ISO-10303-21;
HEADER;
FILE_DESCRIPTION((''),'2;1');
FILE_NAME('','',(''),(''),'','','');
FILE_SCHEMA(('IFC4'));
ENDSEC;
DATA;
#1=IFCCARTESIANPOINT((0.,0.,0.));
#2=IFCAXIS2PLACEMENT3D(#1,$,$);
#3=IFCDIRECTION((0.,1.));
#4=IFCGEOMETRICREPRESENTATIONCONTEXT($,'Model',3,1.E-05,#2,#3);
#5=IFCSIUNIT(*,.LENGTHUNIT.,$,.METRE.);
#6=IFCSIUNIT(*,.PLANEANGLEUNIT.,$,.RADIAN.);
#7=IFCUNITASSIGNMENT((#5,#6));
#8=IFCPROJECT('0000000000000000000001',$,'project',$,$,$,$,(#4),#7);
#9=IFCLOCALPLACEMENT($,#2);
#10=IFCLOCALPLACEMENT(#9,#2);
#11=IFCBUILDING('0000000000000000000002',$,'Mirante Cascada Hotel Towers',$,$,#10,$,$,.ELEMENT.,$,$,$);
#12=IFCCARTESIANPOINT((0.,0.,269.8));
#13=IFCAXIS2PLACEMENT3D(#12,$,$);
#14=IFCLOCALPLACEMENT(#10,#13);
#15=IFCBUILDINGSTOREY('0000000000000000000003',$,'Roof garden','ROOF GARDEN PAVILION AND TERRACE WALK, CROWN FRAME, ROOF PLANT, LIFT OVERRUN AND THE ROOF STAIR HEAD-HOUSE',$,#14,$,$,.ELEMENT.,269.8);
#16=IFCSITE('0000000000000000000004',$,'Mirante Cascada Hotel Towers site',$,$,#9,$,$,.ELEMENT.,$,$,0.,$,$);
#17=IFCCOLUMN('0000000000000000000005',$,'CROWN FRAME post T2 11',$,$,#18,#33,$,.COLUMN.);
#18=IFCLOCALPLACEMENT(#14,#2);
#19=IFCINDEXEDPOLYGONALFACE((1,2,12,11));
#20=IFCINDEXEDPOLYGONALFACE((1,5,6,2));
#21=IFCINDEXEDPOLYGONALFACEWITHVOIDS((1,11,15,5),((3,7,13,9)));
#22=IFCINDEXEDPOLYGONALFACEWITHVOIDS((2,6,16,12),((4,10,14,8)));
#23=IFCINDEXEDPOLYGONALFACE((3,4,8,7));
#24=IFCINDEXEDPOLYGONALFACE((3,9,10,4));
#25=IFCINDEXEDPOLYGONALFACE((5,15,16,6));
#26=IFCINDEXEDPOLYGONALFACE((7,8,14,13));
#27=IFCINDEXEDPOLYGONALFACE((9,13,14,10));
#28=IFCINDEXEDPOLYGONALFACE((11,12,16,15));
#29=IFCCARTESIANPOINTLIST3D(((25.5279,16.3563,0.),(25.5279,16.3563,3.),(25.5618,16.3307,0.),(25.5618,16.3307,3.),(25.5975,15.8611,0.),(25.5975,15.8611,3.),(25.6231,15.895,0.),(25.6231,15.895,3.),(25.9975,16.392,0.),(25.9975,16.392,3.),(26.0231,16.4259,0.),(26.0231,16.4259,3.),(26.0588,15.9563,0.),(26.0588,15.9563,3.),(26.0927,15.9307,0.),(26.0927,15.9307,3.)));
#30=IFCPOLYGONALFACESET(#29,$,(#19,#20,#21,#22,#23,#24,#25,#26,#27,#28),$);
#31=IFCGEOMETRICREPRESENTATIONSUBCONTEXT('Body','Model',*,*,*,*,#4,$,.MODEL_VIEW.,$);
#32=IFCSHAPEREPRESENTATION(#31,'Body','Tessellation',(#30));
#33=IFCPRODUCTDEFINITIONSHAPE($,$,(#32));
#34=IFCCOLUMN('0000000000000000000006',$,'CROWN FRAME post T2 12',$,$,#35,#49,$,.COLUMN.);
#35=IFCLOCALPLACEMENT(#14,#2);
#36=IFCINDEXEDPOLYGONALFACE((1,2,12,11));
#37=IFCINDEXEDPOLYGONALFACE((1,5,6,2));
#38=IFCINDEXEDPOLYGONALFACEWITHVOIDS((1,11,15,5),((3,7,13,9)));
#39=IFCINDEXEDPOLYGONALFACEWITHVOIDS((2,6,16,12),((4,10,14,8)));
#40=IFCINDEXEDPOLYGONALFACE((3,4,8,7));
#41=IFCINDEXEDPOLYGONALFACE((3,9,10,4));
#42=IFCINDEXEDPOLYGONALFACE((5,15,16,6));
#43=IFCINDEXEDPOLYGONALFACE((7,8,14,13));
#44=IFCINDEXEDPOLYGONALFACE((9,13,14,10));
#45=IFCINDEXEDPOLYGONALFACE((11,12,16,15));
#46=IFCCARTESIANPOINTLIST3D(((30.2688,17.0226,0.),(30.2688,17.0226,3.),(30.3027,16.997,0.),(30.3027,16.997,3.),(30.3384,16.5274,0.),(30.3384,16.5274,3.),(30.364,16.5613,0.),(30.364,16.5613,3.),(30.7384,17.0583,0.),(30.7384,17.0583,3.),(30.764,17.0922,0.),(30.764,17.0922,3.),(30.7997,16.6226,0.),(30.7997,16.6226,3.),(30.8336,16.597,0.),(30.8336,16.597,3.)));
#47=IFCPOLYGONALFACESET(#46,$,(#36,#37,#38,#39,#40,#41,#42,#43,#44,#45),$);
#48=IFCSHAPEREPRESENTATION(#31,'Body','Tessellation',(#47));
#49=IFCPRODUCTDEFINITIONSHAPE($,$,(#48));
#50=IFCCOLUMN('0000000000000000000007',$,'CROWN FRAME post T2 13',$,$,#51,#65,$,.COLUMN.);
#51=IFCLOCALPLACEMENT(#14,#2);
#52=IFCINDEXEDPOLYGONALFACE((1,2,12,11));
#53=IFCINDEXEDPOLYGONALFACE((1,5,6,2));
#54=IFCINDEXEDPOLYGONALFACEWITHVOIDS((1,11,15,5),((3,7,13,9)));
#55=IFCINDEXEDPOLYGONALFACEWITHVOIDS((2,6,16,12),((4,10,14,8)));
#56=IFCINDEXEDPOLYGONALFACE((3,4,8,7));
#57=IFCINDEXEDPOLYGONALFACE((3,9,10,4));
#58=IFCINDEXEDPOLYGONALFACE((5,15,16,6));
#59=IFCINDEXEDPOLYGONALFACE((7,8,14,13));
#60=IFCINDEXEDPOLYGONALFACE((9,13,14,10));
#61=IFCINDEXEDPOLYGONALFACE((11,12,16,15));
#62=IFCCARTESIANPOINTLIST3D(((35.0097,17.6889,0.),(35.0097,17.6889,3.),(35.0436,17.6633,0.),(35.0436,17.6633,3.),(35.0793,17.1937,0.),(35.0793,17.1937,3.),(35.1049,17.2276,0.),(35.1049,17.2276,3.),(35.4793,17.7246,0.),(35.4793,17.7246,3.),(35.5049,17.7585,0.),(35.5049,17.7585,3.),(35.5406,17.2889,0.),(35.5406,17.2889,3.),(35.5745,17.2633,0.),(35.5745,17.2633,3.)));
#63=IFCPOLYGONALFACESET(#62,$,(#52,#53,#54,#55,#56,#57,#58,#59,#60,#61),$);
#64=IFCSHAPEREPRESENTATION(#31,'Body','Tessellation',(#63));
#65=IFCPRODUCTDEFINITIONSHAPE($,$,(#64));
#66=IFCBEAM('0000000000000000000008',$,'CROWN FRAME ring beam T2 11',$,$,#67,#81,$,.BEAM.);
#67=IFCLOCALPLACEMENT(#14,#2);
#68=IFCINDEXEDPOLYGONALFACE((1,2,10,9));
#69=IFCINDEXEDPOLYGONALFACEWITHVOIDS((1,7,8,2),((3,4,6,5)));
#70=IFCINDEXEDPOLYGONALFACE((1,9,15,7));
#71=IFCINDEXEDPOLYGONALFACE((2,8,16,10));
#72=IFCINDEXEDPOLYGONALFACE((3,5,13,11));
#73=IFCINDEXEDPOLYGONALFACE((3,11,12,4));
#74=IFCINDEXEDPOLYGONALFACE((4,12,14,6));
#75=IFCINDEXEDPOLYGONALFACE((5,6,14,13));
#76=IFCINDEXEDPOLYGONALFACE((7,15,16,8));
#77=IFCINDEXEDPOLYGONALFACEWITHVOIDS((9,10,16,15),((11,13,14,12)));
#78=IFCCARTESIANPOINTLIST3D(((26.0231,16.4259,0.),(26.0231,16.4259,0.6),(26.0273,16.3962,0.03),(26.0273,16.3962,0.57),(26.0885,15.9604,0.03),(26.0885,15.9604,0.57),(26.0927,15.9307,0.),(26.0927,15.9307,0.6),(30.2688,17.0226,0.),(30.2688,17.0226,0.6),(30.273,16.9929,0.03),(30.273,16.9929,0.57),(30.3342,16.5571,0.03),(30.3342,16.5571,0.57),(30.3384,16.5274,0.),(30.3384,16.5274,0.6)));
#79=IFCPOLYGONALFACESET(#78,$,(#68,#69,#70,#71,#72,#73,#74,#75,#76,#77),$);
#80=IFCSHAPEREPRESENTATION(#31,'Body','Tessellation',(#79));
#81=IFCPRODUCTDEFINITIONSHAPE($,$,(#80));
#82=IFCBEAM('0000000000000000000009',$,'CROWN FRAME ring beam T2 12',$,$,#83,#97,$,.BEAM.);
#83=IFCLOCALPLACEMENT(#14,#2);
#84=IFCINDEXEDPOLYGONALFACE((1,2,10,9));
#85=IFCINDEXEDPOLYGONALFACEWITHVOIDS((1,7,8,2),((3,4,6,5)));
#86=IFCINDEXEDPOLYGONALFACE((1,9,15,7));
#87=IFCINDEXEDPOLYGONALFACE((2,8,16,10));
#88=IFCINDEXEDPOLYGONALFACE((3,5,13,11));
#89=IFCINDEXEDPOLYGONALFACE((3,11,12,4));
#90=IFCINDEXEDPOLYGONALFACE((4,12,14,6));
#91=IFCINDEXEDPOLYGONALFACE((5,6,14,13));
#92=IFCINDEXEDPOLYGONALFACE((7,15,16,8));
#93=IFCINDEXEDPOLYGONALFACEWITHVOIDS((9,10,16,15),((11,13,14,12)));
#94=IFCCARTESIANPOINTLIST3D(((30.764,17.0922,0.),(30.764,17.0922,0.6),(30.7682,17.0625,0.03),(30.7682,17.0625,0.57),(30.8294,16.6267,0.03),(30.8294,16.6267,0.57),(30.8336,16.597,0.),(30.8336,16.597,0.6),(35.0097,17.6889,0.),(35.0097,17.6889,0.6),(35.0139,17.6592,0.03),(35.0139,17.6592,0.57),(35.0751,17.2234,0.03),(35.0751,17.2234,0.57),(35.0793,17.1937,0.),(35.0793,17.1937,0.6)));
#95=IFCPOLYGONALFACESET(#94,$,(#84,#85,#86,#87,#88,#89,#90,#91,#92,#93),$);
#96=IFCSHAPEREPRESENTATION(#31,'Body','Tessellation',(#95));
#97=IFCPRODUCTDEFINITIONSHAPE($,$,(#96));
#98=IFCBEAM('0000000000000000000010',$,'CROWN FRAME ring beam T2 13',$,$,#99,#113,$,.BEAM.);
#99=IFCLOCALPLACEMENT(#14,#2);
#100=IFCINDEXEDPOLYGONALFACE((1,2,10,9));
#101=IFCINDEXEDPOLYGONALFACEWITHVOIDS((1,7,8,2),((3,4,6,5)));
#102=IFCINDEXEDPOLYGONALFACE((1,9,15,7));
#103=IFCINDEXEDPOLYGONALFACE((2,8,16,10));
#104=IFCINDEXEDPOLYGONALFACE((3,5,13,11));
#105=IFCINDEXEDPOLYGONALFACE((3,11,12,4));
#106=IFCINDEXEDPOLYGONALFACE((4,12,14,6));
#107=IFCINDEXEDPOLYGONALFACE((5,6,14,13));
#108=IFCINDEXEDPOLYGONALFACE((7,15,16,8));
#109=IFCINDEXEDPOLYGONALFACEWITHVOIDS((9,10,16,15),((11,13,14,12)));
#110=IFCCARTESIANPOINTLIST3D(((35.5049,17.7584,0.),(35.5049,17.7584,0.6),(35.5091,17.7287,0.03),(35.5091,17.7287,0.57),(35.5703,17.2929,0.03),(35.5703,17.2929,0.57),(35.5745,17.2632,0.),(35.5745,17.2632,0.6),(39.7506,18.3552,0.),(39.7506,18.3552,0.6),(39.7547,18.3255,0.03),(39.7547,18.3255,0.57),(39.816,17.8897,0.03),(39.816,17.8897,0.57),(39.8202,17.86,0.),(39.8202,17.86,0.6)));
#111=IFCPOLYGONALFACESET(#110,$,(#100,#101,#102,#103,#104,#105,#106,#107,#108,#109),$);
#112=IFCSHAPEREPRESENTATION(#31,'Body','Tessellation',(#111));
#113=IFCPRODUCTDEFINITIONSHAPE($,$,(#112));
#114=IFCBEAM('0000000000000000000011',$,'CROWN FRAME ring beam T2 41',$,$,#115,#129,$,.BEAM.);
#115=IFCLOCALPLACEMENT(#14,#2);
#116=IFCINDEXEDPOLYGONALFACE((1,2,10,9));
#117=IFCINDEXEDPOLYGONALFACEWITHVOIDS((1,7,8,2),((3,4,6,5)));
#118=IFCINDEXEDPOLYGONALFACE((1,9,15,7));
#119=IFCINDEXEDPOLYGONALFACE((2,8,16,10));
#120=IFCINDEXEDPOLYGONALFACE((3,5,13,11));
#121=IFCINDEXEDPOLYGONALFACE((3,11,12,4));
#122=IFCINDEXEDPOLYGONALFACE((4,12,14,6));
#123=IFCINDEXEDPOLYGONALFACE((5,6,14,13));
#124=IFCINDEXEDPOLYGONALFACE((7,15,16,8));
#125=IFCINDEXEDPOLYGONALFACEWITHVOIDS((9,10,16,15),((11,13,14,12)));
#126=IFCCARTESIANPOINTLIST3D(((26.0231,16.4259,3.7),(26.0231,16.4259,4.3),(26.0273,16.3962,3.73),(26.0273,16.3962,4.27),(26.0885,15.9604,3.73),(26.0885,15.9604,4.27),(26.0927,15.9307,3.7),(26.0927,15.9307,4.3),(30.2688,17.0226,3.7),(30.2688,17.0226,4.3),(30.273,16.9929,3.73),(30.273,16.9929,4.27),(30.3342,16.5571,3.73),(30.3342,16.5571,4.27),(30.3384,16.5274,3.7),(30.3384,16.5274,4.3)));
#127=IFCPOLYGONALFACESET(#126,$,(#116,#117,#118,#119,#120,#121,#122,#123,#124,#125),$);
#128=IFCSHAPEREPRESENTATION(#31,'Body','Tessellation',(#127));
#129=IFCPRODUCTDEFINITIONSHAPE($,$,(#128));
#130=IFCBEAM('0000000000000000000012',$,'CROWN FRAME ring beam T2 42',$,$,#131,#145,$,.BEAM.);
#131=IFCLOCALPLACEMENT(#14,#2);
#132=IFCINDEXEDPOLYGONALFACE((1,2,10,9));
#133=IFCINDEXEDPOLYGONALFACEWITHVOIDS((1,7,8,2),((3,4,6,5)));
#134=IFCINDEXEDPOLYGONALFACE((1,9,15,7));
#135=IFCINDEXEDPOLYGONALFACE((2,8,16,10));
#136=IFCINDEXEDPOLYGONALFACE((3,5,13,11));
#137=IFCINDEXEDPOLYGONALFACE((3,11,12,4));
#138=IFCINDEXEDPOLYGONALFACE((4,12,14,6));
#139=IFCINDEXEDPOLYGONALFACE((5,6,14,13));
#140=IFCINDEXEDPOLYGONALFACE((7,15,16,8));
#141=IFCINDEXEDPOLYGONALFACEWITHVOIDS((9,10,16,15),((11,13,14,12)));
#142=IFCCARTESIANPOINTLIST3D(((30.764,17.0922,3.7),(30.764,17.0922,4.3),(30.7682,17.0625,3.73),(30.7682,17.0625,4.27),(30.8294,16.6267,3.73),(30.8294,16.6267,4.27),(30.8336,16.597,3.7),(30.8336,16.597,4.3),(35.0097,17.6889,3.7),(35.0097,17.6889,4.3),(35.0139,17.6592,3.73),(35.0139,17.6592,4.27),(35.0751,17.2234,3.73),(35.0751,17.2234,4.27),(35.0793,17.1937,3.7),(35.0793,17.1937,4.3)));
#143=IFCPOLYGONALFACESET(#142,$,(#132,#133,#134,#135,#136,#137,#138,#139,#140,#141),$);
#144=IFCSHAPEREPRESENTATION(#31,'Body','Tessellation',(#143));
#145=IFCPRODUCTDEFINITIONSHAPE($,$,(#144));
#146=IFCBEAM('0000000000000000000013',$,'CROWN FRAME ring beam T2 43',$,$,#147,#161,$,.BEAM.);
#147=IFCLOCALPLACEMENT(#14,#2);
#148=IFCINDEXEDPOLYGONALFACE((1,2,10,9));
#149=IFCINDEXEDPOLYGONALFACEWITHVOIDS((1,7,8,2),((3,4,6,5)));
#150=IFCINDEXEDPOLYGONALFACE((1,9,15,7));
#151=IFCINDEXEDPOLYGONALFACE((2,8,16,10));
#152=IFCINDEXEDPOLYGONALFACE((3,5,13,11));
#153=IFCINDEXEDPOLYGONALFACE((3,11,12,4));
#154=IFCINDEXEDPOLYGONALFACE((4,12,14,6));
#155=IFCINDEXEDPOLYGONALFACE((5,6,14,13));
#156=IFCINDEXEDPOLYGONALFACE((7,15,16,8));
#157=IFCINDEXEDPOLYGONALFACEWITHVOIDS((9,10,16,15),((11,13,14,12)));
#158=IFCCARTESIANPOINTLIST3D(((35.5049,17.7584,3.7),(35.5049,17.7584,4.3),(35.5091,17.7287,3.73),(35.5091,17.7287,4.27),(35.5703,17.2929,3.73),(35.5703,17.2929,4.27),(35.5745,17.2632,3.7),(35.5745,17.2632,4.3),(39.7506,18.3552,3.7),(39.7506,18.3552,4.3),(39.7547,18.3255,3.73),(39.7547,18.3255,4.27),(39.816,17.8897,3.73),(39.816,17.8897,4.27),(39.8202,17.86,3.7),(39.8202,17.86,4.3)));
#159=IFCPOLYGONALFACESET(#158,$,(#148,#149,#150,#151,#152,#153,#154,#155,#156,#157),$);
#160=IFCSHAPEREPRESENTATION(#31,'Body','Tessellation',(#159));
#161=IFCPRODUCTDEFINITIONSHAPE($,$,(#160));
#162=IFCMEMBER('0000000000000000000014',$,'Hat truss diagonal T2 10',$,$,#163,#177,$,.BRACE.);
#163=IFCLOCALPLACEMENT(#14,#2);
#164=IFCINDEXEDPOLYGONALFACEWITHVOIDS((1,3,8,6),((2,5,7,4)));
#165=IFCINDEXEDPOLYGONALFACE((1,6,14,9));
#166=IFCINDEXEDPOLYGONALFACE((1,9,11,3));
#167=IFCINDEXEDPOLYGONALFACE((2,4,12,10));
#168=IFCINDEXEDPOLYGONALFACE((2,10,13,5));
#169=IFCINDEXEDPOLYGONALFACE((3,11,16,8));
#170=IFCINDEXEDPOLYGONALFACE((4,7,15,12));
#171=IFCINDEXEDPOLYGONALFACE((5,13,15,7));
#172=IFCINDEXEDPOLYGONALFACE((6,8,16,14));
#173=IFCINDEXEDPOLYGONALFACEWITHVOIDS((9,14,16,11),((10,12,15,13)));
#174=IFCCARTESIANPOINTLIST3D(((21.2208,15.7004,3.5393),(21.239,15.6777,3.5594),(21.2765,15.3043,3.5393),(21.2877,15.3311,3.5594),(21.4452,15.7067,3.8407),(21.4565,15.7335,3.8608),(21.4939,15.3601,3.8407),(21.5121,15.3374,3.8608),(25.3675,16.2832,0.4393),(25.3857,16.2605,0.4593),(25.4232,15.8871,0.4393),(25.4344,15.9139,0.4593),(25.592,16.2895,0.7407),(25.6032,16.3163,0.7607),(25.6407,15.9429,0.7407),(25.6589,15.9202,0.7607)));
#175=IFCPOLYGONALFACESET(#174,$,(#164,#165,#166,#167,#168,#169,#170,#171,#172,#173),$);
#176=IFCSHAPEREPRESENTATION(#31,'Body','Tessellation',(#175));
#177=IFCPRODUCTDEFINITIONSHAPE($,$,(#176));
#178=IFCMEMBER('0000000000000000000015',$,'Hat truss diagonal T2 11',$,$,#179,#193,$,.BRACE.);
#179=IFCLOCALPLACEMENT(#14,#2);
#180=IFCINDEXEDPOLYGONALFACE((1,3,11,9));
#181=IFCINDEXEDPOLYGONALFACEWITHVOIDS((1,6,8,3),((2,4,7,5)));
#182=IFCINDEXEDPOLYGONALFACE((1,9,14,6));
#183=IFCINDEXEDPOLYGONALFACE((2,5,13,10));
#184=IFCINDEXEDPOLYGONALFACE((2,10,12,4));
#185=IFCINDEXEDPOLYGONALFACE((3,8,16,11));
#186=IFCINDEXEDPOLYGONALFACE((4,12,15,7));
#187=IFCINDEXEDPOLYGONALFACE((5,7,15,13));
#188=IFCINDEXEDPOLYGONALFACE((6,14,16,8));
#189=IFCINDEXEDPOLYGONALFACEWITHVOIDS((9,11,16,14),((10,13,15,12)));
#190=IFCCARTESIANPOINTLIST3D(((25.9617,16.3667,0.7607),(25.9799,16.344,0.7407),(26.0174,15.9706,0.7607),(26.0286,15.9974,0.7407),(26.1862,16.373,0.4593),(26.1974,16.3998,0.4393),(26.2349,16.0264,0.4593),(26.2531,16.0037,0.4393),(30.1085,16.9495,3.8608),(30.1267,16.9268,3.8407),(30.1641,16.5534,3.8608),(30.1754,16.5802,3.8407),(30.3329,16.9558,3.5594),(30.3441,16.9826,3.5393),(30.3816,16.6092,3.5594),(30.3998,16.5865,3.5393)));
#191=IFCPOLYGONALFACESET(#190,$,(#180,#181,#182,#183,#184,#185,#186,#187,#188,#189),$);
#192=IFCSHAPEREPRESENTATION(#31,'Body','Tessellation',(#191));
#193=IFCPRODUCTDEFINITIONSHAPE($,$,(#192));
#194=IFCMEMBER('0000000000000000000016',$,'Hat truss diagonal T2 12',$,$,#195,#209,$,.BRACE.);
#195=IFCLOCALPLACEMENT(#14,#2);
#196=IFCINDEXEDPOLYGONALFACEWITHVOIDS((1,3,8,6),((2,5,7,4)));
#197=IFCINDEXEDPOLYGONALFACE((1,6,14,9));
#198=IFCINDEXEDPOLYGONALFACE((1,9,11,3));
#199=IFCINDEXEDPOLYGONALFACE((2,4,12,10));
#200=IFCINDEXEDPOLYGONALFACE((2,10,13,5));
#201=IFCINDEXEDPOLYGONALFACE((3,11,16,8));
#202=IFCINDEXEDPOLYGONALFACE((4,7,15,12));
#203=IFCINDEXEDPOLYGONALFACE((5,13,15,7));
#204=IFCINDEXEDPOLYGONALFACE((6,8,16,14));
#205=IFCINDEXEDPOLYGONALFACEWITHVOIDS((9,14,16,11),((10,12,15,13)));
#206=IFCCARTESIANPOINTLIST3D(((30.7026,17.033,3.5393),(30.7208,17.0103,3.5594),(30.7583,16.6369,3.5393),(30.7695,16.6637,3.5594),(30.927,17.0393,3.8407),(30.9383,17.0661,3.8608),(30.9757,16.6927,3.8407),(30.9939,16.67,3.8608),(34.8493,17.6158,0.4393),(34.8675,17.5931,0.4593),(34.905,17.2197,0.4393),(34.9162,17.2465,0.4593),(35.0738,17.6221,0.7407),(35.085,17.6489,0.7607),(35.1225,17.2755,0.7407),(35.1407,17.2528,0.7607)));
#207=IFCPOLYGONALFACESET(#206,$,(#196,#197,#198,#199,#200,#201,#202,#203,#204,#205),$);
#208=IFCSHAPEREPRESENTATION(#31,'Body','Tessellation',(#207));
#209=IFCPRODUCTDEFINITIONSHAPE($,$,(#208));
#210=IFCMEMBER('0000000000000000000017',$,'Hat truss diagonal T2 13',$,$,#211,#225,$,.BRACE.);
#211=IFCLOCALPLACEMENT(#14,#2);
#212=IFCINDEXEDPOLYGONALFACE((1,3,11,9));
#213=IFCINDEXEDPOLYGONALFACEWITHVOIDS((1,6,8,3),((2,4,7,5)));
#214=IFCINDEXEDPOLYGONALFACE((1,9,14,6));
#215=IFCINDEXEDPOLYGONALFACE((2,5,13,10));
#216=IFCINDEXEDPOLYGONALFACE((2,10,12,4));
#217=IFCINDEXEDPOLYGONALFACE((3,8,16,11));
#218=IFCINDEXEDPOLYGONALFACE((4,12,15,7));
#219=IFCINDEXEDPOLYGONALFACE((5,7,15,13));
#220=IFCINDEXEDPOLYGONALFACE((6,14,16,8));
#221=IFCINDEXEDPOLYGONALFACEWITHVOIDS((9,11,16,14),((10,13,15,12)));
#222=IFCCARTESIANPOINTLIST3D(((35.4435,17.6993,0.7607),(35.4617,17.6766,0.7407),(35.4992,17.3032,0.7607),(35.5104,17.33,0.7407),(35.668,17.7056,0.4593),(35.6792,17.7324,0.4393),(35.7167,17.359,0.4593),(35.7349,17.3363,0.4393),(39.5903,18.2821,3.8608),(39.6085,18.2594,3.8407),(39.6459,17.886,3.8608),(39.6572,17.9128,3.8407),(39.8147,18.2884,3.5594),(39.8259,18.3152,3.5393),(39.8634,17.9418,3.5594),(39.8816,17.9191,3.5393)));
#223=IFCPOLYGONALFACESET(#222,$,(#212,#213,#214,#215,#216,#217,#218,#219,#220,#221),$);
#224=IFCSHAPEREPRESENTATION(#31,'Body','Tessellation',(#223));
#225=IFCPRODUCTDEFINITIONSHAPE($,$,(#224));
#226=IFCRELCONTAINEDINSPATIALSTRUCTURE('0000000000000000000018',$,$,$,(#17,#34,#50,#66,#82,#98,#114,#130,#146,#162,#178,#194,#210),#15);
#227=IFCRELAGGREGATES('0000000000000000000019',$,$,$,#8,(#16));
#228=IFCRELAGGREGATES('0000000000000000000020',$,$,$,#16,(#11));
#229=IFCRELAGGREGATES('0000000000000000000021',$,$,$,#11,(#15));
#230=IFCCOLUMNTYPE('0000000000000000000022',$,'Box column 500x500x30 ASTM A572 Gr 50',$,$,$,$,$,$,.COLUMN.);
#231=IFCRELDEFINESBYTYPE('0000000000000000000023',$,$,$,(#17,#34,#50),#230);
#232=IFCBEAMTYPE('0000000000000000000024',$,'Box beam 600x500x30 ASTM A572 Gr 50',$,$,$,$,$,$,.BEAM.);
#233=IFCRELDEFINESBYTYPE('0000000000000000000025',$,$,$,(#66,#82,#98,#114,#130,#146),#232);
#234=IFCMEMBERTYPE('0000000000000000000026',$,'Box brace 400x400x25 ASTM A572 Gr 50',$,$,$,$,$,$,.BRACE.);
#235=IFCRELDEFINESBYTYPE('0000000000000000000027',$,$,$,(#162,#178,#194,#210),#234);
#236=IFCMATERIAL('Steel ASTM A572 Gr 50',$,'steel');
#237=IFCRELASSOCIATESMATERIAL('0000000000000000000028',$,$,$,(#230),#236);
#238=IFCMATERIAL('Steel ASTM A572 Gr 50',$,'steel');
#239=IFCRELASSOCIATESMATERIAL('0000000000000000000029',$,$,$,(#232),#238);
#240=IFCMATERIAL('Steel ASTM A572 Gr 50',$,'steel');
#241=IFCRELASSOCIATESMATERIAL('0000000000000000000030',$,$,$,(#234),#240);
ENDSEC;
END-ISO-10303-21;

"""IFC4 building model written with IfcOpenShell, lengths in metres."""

from ifc_helpers import new_model, si_unit, direction, frame, origin, origin_2d, place, context, subcontext, project, spatial, hollow_rectangle, extrude, material, material_profile, profile_set, type_object, element, save


model = new_model("IFC4")

# Units and contexts
model_context = context("Model", 3, precision=1e-05, world=origin(), true_north=direction((0.0, 1.0)))
body_context = subcontext(model_context, "Body", "Model", "MODEL_VIEW")
ifc_project = project(units=[si_unit("LENGTHUNIT", "METRE"), si_unit("PLANEANGLEUNIT", "RADIAN")], contexts=[model_context])

# Site, building, storey
site_placement = place(None, origin())
site = spatial("IfcSite", under=ifc_project, at=site_placement, Name="Mirante Cascada Hotel Towers site", CompositionType="ELEMENT", RefElevation=0.0)
building_placement = place(site_placement, origin())
building = spatial("IfcBuilding", under=site, at=building_placement, Name="Mirante Cascada Hotel Towers", CompositionType="ELEMENT")
storey_placement = place(building_placement, frame((0.0, 0.0, 269.8)))
storey = spatial("IfcBuildingStorey", under=building, at=storey_placement, Name="Roof garden", Description="ROOF GARDEN PAVILION AND TERRACE WALK, CROWN FRAME, ROOF PLANT, LIFT OVERRUN AND THE ROOF STAIR HEAD-HOUSE", CompositionType="ELEMENT", Elevation=269.8)

# Columns
ifc_material_1 = material(Name="Steel ASTM A572 Gr 50", Category="steel")
ifc_material_profile_1 = material_profile(ifc_material_1, hollow_rectangle(XDim=0.5, YDim=0.5, WallThickness=0.03, at=origin_2d()), Name="Box column 500x500x30 ASTM A572 Gr 50")
ifc_profile_set_1 = profile_set([ifc_material_profile_1], Name="Steel ASTM A572 Gr 50")
column_type = type_object("IfcColumnType", Name="Box column 500x500x30 ASTM A572 Gr 50", PredefinedType="COLUMN", material=ifc_profile_set_1)
for number, where, z_axis, x_axis, name in (
    (1, (25.8103, 16.1435, 0.0), (0.0, 0.0, 1.0), (0.990268, 0.139173, 0.0), "CROWN FRAME post T2 11"),
    (2, (30.5512, 16.8098, 0.0), (0.0, 0.0, 1.0), (0.990268, 0.139173, 0.0), "CROWN FRAME post T2 12"),
    (3, (35.2921, 17.4761, 0.0), (0.0, 0.0, 1.0), (0.990268, 0.139173, 0.0), "CROWN FRAME post T2 13"),
):
    element("IfcColumn", number, at=place(storey_placement, frame(where, z_axis=z_axis, x_axis=x_axis)), inside=storey, type_object=column_type, Name=name, PredefinedType="COLUMN", context=body_context, shape_type="SweptSolid", body=[
        extrude(hollow_rectangle(XDim=0.5, YDim=0.5, WallThickness=0.03, at=origin_2d()), origin(), (0.0, 0.0, 1.0), 3.0),
    ])

# Beams
ifc_material_2 = material(Name="Steel ASTM A572 Gr 50", Category="steel")
ifc_material_profile_2 = material_profile(ifc_material_2, hollow_rectangle(XDim=0.5, YDim=0.6, WallThickness=0.03, at=origin_2d()), Name="Box beam 600x500x30 ASTM A572 Gr 50")
ifc_profile_set_2 = profile_set([ifc_material_profile_2], Name="Steel ASTM A572 Gr 50")
beam_type = type_object("IfcBeamType", Name="Box beam 600x500x30 ASTM A572 Gr 50", PredefinedType="BEAM", material=ifc_profile_set_2)
for number, where, z_axis, x_axis, name in (
    (4, (26.0579, 16.1783, 0.3), (0.990268, 0.139174, 0.0), (-0.139174, 0.990268, 0.0), "CROWN FRAME ring beam T2 11"),
    (5, (30.7988, 16.8446, 0.3), (0.990268, 0.139174, 0.0), (-0.139174, 0.990268, 0.0), "CROWN FRAME ring beam T2 12"),
    (6, (35.5397, 17.5108, 0.3), (0.990265, 0.139197, 0.0), (-0.139197, 0.990265, 0.0), "CROWN FRAME ring beam T2 13"),
    (7, (26.0579, 16.1783, 4.0), (0.990268, 0.139174, 0.0), (-0.139174, 0.990268, 0.0), "CROWN FRAME ring beam T2 41"),
    (8, (30.7988, 16.8446, 4.0), (0.990268, 0.139174, 0.0), (-0.139174, 0.990268, 0.0), "CROWN FRAME ring beam T2 42"),
    (9, (35.5397, 17.5108, 4.0), (0.990265, 0.139197, 0.0), (-0.139197, 0.990265, 0.0), "CROWN FRAME ring beam T2 43"),
):
    element("IfcBeam", number, at=place(storey_placement, frame(where, z_axis=z_axis, x_axis=x_axis)), inside=storey, type_object=beam_type, Name=name, PredefinedType="BEAM", context=body_context, shape_type="SweptSolid", body=[
        extrude(hollow_rectangle(XDim=0.5, YDim=0.6, WallThickness=0.03, at=origin_2d()), origin(), (0.0, 0.0, 1.0), 4.2874),
    ])

# Members
ifc_material_3 = material(Name="Steel ASTM A572 Gr 50", Category="steel")
ifc_material_profile_3 = material_profile(ifc_material_3, hollow_rectangle(XDim=0.4, YDim=0.4, WallThickness=0.025, at=origin_2d()), Name="Box brace 400x400x25 ASTM A572 Gr 50")
ifc_profile_set_3 = profile_set([ifc_material_profile_3], Name="Steel ASTM A572 Gr 50")
member_type_1 = type_object("IfcMemberType", Name="Box brace 400x400x25 ASTM A572 Gr 50", PredefinedType="BRACE", material=ifc_profile_set_3)
for number, where, z_axis, x_axis, name in (
    (10, (25.5132, 16.1017, 0.6), (-0.795902, -0.11186, 0.595002), (0.139178, -0.990267, 0.0), "Hat truss diagonal T2 10"),
    (11, (26.1074, 16.1852, 0.6), (0.795902, 0.11186, 0.595002), (-0.139178, 0.990267, 0.0), "Hat truss diagonal T2 11"),
    (12, (34.995, 17.4343, 0.6), (-0.795902, -0.11186, 0.595002), (0.139178, -0.990267, 0.0), "Hat truss diagonal T2 12"),
    (13, (35.5892, 17.5178, 0.6), (0.795902, 0.11186, 0.595002), (-0.139178, 0.990267, 0.0), "Hat truss diagonal T2 13"),
):
    element("IfcMember", number, at=place(storey_placement, frame(where, z_axis=z_axis, x_axis=x_axis)), inside=storey, type_object=member_type_1, Name=name, PredefinedType="BRACE", context=body_context, shape_type="SweptSolid", body=[
        extrude(hollow_rectangle(XDim=0.4, YDim=0.4, WallThickness=0.025, at=origin_2d()), origin(), (0.0, 0.0, 1.0), 5.2101),
    ])

save(model, "model.ifc")
